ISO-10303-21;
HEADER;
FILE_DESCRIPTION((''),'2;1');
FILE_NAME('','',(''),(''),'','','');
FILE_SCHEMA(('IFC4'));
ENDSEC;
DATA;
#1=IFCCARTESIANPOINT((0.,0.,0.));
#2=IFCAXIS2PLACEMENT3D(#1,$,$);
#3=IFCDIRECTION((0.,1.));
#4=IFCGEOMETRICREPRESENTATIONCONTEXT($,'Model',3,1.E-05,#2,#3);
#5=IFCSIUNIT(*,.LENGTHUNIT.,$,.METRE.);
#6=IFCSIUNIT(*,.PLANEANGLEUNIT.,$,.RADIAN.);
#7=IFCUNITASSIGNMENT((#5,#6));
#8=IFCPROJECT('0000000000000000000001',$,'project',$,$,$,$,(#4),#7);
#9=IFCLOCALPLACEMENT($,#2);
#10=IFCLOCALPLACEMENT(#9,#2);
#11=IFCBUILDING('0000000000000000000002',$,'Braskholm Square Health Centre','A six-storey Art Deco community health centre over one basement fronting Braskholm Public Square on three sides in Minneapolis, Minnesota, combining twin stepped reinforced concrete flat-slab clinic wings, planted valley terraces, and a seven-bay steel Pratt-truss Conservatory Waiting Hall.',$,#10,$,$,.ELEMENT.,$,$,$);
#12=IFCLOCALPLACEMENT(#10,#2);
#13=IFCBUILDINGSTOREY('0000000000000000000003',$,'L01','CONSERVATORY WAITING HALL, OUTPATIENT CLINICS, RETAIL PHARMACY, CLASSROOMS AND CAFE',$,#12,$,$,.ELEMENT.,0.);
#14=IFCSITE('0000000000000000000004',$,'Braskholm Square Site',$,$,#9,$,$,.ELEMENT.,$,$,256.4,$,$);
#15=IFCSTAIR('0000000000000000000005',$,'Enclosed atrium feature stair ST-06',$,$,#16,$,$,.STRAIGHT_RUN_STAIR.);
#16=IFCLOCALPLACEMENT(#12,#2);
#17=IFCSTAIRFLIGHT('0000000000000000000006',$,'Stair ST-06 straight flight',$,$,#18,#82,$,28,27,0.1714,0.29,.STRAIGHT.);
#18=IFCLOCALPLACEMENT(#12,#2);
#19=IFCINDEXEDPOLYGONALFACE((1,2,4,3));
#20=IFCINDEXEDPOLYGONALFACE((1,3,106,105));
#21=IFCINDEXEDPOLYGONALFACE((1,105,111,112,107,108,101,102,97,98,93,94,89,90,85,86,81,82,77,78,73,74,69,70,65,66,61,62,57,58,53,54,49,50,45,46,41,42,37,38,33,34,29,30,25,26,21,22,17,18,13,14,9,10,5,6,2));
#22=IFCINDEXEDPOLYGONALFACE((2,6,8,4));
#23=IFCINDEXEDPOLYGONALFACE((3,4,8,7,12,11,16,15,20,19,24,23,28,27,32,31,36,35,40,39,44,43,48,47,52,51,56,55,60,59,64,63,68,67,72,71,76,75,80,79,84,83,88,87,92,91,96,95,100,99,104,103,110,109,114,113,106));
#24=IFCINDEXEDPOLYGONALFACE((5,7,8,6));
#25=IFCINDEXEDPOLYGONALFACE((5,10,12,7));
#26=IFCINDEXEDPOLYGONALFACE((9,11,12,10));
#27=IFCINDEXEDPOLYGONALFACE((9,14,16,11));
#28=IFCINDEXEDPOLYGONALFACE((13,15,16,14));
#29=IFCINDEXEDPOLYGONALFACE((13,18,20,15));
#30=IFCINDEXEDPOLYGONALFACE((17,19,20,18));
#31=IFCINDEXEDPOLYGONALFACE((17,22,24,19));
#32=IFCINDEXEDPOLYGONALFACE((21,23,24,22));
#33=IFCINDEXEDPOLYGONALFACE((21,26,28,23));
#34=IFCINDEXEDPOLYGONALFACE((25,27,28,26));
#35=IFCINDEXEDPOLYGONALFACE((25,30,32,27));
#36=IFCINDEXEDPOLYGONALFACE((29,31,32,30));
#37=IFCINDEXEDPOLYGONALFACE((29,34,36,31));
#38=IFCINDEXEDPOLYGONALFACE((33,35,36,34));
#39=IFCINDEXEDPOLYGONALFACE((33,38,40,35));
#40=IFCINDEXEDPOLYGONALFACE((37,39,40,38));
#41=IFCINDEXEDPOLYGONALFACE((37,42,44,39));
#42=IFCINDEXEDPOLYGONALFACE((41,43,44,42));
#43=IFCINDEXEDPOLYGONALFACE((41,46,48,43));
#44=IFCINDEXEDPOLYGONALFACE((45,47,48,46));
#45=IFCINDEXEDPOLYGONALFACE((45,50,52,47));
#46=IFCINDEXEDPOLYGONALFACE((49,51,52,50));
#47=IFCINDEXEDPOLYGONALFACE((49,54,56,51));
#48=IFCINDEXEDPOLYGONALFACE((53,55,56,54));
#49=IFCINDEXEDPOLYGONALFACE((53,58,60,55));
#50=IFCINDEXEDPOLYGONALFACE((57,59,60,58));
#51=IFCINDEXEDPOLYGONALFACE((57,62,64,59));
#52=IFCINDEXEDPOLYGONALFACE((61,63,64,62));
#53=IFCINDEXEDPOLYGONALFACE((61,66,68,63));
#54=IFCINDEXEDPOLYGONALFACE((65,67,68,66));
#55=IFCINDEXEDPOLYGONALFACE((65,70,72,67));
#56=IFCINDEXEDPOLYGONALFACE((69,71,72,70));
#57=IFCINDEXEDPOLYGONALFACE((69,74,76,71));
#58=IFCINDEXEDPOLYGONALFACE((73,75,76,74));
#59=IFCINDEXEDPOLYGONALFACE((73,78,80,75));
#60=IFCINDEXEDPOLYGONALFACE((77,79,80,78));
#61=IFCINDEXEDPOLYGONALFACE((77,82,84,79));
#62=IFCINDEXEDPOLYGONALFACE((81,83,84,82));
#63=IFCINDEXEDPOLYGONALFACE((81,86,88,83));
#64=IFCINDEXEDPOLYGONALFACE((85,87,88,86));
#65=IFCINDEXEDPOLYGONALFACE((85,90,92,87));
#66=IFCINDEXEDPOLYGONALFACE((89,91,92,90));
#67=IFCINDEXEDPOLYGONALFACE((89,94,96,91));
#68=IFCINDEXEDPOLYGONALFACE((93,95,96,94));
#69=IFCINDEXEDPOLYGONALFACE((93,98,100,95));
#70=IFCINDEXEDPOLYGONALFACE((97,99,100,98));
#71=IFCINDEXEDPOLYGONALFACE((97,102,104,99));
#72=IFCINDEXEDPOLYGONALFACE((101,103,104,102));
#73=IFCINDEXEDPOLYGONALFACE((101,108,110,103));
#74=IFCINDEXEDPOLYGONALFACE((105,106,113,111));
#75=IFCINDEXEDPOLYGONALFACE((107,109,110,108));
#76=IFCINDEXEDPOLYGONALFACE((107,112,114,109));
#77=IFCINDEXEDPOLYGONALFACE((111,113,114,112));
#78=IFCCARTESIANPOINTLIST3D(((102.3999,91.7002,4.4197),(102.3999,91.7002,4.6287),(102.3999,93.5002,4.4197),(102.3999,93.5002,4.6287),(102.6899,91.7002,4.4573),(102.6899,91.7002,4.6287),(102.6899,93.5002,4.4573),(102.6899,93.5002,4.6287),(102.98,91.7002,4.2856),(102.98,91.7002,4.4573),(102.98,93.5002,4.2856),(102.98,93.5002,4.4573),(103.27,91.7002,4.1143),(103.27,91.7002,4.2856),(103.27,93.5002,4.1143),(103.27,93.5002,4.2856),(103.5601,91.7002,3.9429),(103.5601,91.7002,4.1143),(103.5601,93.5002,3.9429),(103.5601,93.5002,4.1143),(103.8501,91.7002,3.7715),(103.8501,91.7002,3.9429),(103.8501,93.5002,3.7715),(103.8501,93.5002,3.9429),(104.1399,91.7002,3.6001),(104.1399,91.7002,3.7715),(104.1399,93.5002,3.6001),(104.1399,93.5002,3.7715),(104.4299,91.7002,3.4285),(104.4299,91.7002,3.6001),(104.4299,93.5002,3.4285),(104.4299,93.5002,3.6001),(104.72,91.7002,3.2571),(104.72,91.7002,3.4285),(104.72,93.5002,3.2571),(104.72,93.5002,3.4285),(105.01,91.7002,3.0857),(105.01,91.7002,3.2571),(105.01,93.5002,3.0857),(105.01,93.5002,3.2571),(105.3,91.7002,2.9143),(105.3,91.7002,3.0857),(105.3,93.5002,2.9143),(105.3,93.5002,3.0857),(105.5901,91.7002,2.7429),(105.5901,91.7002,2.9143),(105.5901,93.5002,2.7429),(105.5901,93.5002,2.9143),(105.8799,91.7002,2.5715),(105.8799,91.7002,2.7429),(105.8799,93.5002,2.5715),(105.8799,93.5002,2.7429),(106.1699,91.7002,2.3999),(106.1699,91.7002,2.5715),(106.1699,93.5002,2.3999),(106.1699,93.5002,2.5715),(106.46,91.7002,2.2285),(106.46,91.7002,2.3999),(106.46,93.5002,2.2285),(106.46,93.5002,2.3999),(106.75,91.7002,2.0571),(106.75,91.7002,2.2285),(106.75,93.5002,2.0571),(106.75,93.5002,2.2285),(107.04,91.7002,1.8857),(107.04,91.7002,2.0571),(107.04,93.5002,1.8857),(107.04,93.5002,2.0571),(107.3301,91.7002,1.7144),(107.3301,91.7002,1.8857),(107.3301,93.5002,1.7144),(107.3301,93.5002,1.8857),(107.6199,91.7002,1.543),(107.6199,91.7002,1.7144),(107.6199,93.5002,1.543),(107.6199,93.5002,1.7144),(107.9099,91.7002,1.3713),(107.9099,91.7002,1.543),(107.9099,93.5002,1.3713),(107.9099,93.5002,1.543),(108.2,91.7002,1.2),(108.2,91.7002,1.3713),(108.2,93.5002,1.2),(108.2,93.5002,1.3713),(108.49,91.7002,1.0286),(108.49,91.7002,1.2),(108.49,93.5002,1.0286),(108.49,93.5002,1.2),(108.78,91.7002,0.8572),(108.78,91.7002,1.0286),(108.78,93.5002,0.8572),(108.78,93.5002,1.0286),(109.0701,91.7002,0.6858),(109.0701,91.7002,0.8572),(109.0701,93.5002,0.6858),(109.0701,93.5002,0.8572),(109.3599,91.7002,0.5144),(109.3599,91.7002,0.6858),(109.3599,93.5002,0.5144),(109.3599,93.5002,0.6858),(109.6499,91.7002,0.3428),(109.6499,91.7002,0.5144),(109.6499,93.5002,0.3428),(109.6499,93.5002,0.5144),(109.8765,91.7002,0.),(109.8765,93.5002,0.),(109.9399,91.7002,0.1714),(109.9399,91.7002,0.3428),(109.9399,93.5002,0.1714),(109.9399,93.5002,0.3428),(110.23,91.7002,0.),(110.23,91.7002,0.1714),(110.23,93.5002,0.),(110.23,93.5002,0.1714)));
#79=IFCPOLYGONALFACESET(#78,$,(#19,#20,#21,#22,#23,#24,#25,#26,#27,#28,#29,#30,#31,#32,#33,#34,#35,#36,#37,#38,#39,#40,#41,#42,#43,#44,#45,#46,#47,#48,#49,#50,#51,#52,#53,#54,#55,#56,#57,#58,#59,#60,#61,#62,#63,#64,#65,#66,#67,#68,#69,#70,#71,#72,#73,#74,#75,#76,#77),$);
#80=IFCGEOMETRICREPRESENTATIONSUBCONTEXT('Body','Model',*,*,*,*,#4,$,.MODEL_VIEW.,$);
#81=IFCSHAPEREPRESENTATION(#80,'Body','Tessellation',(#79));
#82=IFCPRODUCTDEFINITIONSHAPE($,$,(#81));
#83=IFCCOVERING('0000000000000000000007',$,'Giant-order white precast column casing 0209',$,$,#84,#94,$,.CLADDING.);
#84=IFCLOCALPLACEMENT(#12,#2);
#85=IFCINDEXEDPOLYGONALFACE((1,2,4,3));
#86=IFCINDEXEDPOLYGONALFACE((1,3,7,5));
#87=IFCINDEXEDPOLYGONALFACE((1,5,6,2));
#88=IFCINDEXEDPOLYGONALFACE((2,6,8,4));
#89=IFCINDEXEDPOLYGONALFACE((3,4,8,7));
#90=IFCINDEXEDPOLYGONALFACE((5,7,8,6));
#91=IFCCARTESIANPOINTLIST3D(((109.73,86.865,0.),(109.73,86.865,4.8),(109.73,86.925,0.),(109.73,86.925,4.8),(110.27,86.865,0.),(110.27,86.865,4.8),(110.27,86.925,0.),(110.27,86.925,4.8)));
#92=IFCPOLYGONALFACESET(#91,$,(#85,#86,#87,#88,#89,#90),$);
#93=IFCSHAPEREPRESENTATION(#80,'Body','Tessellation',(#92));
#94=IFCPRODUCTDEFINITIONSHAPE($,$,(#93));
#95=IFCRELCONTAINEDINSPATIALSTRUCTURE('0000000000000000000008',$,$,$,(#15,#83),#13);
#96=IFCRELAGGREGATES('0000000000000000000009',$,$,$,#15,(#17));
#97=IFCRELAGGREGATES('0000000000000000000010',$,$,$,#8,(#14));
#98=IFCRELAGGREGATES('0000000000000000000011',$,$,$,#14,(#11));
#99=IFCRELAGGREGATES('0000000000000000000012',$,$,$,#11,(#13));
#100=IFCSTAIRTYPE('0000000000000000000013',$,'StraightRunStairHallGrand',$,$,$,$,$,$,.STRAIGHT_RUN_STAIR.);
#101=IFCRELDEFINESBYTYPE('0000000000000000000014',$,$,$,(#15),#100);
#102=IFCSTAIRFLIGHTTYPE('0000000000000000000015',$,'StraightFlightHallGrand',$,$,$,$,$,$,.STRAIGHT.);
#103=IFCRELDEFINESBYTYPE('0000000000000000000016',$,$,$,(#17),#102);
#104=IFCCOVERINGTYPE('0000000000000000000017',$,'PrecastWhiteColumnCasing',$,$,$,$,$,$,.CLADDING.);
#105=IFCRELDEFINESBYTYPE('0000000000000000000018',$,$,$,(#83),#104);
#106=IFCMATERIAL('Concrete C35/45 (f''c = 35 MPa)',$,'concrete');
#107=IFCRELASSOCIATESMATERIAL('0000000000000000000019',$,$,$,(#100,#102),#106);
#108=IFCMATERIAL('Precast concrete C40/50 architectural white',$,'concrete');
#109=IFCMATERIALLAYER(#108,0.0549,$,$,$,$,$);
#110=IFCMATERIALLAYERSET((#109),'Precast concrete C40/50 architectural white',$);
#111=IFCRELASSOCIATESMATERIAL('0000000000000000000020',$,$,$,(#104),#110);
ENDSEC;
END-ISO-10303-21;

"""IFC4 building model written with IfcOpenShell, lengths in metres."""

from ifc_helpers import new_model, si_unit, direction, frame, origin, origin_2d, place, context, subcontext, project, spatial, polyline, rectangle, outline, extrude, material, layer, layer_set, type_object, element, aggregate, save


model = new_model("IFC4")

# Units and contexts
model_context = context("Model", 3, precision=1e-05, world=origin(), true_north=direction((0.0, 1.0)))
body_context = subcontext(model_context, "Body", "Model", "MODEL_VIEW")
ifc_project = project(units=[si_unit("LENGTHUNIT", "METRE"), si_unit("PLANEANGLEUNIT", "RADIAN")], contexts=[model_context])

# Site, building, storey
site_placement = place(None, origin())
site = spatial("IfcSite", under=ifc_project, at=site_placement, Name="Braskholm Square Site", CompositionType="ELEMENT", RefElevation=256.4)
building_placement = place(site_placement, origin())
building = spatial("IfcBuilding", under=site, at=building_placement, Name="Braskholm Square Health Centre", Description="A six-storey Art Deco community health centre over one basement fronting Braskholm Public Square on three sides in Minneapolis, Minnesota, combining twin stepped reinforced concrete flat-slab clinic wings, planted valley terraces, and a seven-bay steel Pratt-truss Conservatory Waiting Hall.", CompositionType="ELEMENT")
storey_placement = place(building_placement, origin())
storey = spatial("IfcBuildingStorey", under=building, at=storey_placement, Name="L01", Description="CONSERVATORY WAITING HALL, OUTPATIENT CLINICS, RETAIL PHARMACY, CLASSROOMS AND CAFE", CompositionType="ELEMENT", Elevation=0.0)

# Shared definitions
ifc_material_1 = material(Name="Precast concrete C40/50 architectural white", Category="concrete")

# Shared definitions
ifc_material_2 = material(Name="Concrete C35/45 (f'c = 35 MPa)", Category="concrete")

# Stair, stair flight
stair_type = type_object("IfcStairType", Name="StraightRunStairHallGrand", PredefinedType="STRAIGHT_RUN_STAIR", material=ifc_material_2)
stair_placement = place(storey_placement, origin())
stair = element("IfcStair", 1, at=stair_placement, inside=storey, type_object=stair_type, Name="Enclosed atrium feature stair ST-06", PredefinedType="STRAIGHT_RUN_STAIR")
stair_flight_type = type_object("IfcStairFlightType", Name="StraightFlightHallGrand", PredefinedType="STRAIGHT", material=ifc_material_2)
stair_flight_placement = place(storey_placement, frame((110.23, 92.6001, 0.0), z_axis=(0.0, 0.0, 1.0), x_axis=(-1.0, 0.0, 0.0)))
stair_flight = element("IfcStairFlight", 2, at=stair_flight_placement, type_object=stair_flight_type, Name="Stair ST-06 straight flight", NumberOfRisers=28, NumberOfTreads=27, PredefinedType="STRAIGHT", RiserHeight=0.1714, TreadLength=0.29, context=body_context, shape_type="SweptSolid", body=[
    extrude(outline(polyline([(0.0, 0.0), (0.0, 0.1714), (0.29, 0.1714), (0.29, 0.3428), (0.5801, 0.3428), (0.5801, 0.5144), (0.8701, 0.5144), (0.8701, 0.6858), (1.1599, 0.6858), (1.1599, 0.8572), (1.45, 0.8572), (1.45, 1.0286), (1.74, 1.0286), (1.74, 1.2), (2.03, 1.2), (2.03, 1.3713), (2.3201, 1.3713), (2.3201, 1.543), (2.6101, 1.543), (2.6101, 1.7144), (2.8999, 1.7144), (2.8999, 1.8857), (3.1899, 1.8857), (3.1899, 2.0571), (3.48, 2.0571), (3.48, 2.2285), (3.77, 2.2285), (3.77, 2.3999), (4.0601, 2.3999), (4.0601, 2.5715), (4.3501, 2.5715), (4.3501, 2.7429), (4.6399, 2.7429), (4.6399, 2.9143), (4.9299, 2.9143), (4.9299, 3.0857), (5.22, 3.0857), (5.22, 3.2571), (5.51, 3.2571), (5.51, 3.4285), (5.8, 3.4285), (5.8, 3.6001), (6.0901, 3.6001), (6.0901, 3.7715), (6.3799, 3.7715), (6.3799, 3.9429), (6.6699, 3.9429), (6.6699, 4.1143), (6.96, 4.1143), (6.96, 4.2856), (7.25, 4.2856), (7.25, 4.4573), (7.54, 4.4573), (7.54, 4.6287), (7.8301, 4.6287), (7.8301, 4.8), (7.8301, 4.4197), (0.3535, 0.0), (0.0, 0.0)])), frame((0.0, 0.8999, 0.0), z_axis=(0.0, -1.0, 0.0), x_axis=(1.0, 0.0, 0.0)), (0.0, 0.0, 1.0), 1.8),
])
aggregate(stair, [stair_flight])

# Covering
ifc_layer = layer(ifc_material_1, 0.0549)
ifc_layer_set = layer_set([ifc_layer], Name="Precast concrete C40/50 architectural white")
covering_type = type_object("IfcCoveringType", Name="PrecastWhiteColumnCasing", PredefinedType="CLADDING", material=ifc_layer_set)
covering_placement = place(storey_placement, frame((110.0, 86.895, 0.0), z_axis=(0.0, 0.0, 1.0), x_axis=(1.0, 0.0, 0.0)))
element("IfcCovering", 3, at=covering_placement, inside=storey, type_object=covering_type, Name="Giant-order white precast column casing 0209", PredefinedType="CLADDING", context=body_context, shape_type="SweptSolid", body=[
    extrude(rectangle(XDim=0.54, YDim=0.0601, at=origin_2d()), origin(), (0.0, 0.0, 1.0), 4.8),
])

save(model, "model.ifc")
